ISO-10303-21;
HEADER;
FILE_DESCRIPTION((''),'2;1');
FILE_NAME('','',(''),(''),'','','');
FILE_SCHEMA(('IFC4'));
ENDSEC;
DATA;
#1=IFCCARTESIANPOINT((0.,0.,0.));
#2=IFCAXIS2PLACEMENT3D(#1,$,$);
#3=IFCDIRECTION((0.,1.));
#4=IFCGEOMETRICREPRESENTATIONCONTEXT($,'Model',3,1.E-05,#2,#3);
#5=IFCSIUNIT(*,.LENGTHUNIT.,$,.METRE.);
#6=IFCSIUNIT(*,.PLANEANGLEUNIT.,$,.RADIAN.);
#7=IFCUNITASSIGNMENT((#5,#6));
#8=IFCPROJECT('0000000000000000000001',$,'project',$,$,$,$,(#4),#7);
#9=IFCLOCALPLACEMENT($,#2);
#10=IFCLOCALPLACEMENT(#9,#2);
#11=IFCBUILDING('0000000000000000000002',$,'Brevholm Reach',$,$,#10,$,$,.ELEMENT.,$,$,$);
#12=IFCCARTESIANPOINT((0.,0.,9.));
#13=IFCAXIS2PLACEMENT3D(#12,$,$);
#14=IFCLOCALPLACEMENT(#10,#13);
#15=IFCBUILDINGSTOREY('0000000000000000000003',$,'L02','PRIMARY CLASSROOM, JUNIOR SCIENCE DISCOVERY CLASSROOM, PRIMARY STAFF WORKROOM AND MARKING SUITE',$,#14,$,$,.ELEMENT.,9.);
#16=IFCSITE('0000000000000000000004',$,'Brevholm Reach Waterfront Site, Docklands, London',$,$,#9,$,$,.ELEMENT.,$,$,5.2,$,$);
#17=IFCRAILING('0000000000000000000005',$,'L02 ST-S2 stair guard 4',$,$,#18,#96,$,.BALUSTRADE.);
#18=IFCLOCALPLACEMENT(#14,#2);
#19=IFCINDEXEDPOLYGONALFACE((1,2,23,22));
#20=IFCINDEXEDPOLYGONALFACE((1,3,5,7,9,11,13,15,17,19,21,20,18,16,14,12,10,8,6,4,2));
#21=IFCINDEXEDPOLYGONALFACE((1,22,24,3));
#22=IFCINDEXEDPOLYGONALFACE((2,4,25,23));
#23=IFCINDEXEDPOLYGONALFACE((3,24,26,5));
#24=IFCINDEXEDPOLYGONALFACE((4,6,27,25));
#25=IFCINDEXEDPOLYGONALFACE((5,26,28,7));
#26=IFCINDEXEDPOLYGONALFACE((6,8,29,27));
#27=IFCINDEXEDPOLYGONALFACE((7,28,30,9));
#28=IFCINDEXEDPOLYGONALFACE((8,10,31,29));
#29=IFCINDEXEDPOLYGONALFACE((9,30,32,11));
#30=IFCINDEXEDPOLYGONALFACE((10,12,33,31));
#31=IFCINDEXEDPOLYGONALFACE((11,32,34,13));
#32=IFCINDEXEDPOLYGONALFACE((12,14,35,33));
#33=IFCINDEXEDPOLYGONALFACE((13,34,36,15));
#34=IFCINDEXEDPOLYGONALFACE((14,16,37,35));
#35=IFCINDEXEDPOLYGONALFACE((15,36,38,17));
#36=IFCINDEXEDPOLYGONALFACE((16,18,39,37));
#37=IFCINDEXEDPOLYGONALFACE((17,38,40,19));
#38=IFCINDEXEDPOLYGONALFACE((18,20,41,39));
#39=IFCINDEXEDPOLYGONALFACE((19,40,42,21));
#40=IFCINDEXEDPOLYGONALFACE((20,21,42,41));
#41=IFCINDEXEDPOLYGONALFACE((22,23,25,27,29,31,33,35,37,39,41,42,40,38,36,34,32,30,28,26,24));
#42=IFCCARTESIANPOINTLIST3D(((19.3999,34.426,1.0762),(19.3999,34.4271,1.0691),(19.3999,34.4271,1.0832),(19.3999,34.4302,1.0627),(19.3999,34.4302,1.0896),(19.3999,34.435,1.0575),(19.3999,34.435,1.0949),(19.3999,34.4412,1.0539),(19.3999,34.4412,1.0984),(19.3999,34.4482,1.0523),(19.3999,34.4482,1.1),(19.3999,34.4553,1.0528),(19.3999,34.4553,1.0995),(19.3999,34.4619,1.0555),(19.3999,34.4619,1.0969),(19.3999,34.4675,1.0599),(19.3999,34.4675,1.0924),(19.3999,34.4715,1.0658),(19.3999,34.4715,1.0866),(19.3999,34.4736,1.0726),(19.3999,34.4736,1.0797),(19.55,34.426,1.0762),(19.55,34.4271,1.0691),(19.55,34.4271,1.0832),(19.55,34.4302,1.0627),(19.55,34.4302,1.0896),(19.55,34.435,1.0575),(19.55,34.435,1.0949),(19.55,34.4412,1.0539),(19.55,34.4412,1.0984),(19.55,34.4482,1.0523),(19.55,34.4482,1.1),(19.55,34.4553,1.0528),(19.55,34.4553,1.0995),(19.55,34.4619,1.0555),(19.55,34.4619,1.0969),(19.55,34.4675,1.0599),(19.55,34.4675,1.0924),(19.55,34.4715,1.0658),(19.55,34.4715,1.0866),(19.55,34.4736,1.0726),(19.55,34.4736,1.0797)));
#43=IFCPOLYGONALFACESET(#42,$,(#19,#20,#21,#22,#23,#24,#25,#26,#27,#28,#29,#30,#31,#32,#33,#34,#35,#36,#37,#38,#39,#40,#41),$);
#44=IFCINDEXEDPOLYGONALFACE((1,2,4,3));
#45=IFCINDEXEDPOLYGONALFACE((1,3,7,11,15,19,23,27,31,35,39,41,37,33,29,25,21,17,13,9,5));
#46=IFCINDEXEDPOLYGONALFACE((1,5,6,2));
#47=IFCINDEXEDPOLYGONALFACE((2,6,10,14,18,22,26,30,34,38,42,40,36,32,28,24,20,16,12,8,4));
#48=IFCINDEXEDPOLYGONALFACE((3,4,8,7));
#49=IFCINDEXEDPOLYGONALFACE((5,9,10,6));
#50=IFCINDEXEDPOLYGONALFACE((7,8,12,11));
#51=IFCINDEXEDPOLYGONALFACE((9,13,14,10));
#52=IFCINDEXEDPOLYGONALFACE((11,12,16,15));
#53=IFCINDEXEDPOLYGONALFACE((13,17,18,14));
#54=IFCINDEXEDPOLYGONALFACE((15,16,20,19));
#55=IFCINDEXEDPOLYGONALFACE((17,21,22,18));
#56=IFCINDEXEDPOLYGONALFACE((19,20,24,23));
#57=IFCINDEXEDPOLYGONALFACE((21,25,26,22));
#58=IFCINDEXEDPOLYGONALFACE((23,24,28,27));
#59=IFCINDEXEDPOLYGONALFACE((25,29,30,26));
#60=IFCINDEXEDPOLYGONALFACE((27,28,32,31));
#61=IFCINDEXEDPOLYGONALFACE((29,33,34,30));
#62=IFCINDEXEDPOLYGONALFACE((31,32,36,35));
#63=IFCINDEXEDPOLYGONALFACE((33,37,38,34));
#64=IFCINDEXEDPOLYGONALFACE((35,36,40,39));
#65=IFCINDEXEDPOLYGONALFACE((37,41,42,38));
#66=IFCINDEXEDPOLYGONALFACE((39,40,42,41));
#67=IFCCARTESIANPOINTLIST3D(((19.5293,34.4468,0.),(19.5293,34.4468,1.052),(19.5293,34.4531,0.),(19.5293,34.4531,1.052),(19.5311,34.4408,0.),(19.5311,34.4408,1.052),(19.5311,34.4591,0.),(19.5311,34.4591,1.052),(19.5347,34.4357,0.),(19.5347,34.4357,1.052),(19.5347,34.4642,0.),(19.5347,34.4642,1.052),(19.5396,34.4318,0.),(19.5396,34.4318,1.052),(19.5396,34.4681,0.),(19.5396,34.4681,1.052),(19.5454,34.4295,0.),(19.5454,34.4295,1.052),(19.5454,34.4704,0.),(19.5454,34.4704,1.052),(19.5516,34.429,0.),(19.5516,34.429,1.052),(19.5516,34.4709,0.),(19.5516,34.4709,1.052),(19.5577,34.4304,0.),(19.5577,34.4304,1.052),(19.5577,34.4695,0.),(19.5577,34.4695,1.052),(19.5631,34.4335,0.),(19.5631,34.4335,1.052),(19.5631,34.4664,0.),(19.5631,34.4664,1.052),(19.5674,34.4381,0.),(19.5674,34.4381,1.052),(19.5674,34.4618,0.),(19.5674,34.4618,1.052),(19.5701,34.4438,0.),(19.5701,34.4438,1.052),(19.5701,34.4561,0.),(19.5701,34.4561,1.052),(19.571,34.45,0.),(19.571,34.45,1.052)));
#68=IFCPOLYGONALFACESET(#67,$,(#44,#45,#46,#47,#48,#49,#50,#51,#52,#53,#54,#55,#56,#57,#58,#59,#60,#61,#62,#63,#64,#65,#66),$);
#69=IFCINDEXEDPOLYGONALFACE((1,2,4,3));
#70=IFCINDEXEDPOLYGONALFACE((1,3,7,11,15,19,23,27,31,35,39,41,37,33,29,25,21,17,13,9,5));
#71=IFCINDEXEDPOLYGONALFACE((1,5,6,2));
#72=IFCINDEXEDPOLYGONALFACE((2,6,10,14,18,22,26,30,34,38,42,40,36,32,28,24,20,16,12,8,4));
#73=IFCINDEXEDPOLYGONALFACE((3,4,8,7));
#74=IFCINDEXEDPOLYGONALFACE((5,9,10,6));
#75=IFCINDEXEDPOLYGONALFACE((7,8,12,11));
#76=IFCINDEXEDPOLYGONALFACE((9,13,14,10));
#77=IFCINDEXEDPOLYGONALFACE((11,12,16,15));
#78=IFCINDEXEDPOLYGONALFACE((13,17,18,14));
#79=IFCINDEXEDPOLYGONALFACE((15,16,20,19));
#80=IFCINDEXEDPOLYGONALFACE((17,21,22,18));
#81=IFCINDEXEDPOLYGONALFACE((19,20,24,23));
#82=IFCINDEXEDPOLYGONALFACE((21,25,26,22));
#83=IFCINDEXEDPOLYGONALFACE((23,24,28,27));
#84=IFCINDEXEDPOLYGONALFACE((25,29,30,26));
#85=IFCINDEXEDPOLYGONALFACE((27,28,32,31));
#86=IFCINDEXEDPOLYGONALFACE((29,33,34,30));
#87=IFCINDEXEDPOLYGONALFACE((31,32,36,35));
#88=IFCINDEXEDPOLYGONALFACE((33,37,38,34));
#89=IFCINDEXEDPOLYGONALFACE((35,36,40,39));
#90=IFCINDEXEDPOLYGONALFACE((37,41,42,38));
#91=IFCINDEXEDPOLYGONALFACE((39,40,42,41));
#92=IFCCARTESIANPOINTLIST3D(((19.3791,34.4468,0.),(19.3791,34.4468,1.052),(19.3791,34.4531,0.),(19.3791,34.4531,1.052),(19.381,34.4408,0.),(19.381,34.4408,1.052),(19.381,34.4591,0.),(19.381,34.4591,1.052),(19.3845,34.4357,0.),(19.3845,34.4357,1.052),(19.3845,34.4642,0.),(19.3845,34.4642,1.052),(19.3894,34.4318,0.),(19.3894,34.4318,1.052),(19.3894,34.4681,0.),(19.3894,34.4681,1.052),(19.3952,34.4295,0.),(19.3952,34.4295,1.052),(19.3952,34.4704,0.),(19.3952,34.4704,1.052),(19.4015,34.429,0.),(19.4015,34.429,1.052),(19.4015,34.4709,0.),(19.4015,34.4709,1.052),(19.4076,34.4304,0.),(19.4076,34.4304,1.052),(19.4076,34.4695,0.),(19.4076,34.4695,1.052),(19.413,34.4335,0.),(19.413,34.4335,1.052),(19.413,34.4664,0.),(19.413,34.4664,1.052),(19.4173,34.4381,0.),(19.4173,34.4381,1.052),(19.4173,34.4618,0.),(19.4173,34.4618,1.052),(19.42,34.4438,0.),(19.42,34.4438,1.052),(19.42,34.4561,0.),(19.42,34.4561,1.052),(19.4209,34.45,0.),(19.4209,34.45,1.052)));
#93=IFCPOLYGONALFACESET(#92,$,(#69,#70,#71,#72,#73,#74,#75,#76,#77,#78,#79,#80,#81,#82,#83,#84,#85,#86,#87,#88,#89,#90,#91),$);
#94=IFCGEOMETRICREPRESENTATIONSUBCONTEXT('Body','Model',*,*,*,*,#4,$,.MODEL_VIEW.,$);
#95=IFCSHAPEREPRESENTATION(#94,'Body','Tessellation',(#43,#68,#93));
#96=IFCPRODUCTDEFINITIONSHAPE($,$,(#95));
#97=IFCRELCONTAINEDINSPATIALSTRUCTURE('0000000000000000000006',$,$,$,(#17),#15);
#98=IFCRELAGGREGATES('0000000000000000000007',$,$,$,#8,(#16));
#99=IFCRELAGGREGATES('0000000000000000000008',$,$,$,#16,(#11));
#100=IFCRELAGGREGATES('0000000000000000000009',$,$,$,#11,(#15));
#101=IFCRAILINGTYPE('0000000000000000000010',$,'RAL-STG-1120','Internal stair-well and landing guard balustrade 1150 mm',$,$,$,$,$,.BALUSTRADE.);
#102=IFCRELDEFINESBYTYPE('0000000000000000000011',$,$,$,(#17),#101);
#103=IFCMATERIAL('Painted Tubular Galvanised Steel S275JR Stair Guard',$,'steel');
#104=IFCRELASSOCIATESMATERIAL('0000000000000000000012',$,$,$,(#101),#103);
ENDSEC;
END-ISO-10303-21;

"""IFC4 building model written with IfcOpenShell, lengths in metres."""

from ifc_helpers import new_model, si_unit, direction, frame, origin, origin_2d, place, context, subcontext, project, spatial, circle, extrude, material, type_object, element, save


model = new_model("IFC4")

# Units and contexts
model_context = context("Model", 3, precision=1e-05, world=origin(), true_north=direction((0.0, 1.0)))
body_context = subcontext(model_context, "Body", "Model", "MODEL_VIEW")
ifc_project = project(units=[si_unit("LENGTHUNIT", "METRE"), si_unit("PLANEANGLEUNIT", "RADIAN")], contexts=[model_context])

# Site, building, storey
site_placement = place(None, origin())
site = spatial("IfcSite", under=ifc_project, at=site_placement, Name="Brevholm Reach Waterfront Site, Docklands, London", CompositionType="ELEMENT", RefElevation=5.2)
building_placement = place(site_placement, origin())
building = spatial("IfcBuilding", under=site, at=building_placement, Name="Brevholm Reach", CompositionType="ELEMENT")
storey_placement = place(building_placement, frame((0.0, 0.0, 9.0)))
storey = spatial("IfcBuildingStorey", under=building, at=storey_placement, Name="L02", Description="PRIMARY CLASSROOM, JUNIOR SCIENCE DISCOVERY CLASSROOM, PRIMARY STAFF WORKROOM AND MARKING SUITE", CompositionType="ELEMENT", Elevation=9.0)

# Railing
ifc_material_1 = material(Name="Painted Tubular Galvanised Steel S275JR Stair Guard", Category="steel")
railing_type_1 = type_object("IfcRailingType", Name="RAL-STG-1120", Description="Internal stair-well and landing guard balustrade 1150 mm", PredefinedType="BALUSTRADE", material=ifc_material_1)
railing_1_placement = place(storey_placement, frame((19.55, 34.45, 0.0)))
element("IfcRailing", 1, at=railing_1_placement, inside=storey, type_object=railing_type_1, Name="L02 ST-S2 stair guard 4", PredefinedType="BALUSTRADE", context=body_context, shape_type="SweptSolid", body=[
    extrude(circle(Radius=0.0239, at=origin_2d()), frame((0.0, 0.0, 1.0762), z_axis=(-1.0, 0.0, 0.0), x_axis=(0.0, -1.0, 0.0)), (0.0, 0.0, 1.0), 0.1501),
    extrude(circle(Radius=0.021, at=origin_2d()), origin(), (0.0, 0.0, 1.0), 1.052),
    extrude(circle(Radius=0.021, at=origin_2d()), frame((-0.1501, 0.0, 0.0)), (0.0, 0.0, 1.0), 1.052),
])

save(model, "model.ifc")
